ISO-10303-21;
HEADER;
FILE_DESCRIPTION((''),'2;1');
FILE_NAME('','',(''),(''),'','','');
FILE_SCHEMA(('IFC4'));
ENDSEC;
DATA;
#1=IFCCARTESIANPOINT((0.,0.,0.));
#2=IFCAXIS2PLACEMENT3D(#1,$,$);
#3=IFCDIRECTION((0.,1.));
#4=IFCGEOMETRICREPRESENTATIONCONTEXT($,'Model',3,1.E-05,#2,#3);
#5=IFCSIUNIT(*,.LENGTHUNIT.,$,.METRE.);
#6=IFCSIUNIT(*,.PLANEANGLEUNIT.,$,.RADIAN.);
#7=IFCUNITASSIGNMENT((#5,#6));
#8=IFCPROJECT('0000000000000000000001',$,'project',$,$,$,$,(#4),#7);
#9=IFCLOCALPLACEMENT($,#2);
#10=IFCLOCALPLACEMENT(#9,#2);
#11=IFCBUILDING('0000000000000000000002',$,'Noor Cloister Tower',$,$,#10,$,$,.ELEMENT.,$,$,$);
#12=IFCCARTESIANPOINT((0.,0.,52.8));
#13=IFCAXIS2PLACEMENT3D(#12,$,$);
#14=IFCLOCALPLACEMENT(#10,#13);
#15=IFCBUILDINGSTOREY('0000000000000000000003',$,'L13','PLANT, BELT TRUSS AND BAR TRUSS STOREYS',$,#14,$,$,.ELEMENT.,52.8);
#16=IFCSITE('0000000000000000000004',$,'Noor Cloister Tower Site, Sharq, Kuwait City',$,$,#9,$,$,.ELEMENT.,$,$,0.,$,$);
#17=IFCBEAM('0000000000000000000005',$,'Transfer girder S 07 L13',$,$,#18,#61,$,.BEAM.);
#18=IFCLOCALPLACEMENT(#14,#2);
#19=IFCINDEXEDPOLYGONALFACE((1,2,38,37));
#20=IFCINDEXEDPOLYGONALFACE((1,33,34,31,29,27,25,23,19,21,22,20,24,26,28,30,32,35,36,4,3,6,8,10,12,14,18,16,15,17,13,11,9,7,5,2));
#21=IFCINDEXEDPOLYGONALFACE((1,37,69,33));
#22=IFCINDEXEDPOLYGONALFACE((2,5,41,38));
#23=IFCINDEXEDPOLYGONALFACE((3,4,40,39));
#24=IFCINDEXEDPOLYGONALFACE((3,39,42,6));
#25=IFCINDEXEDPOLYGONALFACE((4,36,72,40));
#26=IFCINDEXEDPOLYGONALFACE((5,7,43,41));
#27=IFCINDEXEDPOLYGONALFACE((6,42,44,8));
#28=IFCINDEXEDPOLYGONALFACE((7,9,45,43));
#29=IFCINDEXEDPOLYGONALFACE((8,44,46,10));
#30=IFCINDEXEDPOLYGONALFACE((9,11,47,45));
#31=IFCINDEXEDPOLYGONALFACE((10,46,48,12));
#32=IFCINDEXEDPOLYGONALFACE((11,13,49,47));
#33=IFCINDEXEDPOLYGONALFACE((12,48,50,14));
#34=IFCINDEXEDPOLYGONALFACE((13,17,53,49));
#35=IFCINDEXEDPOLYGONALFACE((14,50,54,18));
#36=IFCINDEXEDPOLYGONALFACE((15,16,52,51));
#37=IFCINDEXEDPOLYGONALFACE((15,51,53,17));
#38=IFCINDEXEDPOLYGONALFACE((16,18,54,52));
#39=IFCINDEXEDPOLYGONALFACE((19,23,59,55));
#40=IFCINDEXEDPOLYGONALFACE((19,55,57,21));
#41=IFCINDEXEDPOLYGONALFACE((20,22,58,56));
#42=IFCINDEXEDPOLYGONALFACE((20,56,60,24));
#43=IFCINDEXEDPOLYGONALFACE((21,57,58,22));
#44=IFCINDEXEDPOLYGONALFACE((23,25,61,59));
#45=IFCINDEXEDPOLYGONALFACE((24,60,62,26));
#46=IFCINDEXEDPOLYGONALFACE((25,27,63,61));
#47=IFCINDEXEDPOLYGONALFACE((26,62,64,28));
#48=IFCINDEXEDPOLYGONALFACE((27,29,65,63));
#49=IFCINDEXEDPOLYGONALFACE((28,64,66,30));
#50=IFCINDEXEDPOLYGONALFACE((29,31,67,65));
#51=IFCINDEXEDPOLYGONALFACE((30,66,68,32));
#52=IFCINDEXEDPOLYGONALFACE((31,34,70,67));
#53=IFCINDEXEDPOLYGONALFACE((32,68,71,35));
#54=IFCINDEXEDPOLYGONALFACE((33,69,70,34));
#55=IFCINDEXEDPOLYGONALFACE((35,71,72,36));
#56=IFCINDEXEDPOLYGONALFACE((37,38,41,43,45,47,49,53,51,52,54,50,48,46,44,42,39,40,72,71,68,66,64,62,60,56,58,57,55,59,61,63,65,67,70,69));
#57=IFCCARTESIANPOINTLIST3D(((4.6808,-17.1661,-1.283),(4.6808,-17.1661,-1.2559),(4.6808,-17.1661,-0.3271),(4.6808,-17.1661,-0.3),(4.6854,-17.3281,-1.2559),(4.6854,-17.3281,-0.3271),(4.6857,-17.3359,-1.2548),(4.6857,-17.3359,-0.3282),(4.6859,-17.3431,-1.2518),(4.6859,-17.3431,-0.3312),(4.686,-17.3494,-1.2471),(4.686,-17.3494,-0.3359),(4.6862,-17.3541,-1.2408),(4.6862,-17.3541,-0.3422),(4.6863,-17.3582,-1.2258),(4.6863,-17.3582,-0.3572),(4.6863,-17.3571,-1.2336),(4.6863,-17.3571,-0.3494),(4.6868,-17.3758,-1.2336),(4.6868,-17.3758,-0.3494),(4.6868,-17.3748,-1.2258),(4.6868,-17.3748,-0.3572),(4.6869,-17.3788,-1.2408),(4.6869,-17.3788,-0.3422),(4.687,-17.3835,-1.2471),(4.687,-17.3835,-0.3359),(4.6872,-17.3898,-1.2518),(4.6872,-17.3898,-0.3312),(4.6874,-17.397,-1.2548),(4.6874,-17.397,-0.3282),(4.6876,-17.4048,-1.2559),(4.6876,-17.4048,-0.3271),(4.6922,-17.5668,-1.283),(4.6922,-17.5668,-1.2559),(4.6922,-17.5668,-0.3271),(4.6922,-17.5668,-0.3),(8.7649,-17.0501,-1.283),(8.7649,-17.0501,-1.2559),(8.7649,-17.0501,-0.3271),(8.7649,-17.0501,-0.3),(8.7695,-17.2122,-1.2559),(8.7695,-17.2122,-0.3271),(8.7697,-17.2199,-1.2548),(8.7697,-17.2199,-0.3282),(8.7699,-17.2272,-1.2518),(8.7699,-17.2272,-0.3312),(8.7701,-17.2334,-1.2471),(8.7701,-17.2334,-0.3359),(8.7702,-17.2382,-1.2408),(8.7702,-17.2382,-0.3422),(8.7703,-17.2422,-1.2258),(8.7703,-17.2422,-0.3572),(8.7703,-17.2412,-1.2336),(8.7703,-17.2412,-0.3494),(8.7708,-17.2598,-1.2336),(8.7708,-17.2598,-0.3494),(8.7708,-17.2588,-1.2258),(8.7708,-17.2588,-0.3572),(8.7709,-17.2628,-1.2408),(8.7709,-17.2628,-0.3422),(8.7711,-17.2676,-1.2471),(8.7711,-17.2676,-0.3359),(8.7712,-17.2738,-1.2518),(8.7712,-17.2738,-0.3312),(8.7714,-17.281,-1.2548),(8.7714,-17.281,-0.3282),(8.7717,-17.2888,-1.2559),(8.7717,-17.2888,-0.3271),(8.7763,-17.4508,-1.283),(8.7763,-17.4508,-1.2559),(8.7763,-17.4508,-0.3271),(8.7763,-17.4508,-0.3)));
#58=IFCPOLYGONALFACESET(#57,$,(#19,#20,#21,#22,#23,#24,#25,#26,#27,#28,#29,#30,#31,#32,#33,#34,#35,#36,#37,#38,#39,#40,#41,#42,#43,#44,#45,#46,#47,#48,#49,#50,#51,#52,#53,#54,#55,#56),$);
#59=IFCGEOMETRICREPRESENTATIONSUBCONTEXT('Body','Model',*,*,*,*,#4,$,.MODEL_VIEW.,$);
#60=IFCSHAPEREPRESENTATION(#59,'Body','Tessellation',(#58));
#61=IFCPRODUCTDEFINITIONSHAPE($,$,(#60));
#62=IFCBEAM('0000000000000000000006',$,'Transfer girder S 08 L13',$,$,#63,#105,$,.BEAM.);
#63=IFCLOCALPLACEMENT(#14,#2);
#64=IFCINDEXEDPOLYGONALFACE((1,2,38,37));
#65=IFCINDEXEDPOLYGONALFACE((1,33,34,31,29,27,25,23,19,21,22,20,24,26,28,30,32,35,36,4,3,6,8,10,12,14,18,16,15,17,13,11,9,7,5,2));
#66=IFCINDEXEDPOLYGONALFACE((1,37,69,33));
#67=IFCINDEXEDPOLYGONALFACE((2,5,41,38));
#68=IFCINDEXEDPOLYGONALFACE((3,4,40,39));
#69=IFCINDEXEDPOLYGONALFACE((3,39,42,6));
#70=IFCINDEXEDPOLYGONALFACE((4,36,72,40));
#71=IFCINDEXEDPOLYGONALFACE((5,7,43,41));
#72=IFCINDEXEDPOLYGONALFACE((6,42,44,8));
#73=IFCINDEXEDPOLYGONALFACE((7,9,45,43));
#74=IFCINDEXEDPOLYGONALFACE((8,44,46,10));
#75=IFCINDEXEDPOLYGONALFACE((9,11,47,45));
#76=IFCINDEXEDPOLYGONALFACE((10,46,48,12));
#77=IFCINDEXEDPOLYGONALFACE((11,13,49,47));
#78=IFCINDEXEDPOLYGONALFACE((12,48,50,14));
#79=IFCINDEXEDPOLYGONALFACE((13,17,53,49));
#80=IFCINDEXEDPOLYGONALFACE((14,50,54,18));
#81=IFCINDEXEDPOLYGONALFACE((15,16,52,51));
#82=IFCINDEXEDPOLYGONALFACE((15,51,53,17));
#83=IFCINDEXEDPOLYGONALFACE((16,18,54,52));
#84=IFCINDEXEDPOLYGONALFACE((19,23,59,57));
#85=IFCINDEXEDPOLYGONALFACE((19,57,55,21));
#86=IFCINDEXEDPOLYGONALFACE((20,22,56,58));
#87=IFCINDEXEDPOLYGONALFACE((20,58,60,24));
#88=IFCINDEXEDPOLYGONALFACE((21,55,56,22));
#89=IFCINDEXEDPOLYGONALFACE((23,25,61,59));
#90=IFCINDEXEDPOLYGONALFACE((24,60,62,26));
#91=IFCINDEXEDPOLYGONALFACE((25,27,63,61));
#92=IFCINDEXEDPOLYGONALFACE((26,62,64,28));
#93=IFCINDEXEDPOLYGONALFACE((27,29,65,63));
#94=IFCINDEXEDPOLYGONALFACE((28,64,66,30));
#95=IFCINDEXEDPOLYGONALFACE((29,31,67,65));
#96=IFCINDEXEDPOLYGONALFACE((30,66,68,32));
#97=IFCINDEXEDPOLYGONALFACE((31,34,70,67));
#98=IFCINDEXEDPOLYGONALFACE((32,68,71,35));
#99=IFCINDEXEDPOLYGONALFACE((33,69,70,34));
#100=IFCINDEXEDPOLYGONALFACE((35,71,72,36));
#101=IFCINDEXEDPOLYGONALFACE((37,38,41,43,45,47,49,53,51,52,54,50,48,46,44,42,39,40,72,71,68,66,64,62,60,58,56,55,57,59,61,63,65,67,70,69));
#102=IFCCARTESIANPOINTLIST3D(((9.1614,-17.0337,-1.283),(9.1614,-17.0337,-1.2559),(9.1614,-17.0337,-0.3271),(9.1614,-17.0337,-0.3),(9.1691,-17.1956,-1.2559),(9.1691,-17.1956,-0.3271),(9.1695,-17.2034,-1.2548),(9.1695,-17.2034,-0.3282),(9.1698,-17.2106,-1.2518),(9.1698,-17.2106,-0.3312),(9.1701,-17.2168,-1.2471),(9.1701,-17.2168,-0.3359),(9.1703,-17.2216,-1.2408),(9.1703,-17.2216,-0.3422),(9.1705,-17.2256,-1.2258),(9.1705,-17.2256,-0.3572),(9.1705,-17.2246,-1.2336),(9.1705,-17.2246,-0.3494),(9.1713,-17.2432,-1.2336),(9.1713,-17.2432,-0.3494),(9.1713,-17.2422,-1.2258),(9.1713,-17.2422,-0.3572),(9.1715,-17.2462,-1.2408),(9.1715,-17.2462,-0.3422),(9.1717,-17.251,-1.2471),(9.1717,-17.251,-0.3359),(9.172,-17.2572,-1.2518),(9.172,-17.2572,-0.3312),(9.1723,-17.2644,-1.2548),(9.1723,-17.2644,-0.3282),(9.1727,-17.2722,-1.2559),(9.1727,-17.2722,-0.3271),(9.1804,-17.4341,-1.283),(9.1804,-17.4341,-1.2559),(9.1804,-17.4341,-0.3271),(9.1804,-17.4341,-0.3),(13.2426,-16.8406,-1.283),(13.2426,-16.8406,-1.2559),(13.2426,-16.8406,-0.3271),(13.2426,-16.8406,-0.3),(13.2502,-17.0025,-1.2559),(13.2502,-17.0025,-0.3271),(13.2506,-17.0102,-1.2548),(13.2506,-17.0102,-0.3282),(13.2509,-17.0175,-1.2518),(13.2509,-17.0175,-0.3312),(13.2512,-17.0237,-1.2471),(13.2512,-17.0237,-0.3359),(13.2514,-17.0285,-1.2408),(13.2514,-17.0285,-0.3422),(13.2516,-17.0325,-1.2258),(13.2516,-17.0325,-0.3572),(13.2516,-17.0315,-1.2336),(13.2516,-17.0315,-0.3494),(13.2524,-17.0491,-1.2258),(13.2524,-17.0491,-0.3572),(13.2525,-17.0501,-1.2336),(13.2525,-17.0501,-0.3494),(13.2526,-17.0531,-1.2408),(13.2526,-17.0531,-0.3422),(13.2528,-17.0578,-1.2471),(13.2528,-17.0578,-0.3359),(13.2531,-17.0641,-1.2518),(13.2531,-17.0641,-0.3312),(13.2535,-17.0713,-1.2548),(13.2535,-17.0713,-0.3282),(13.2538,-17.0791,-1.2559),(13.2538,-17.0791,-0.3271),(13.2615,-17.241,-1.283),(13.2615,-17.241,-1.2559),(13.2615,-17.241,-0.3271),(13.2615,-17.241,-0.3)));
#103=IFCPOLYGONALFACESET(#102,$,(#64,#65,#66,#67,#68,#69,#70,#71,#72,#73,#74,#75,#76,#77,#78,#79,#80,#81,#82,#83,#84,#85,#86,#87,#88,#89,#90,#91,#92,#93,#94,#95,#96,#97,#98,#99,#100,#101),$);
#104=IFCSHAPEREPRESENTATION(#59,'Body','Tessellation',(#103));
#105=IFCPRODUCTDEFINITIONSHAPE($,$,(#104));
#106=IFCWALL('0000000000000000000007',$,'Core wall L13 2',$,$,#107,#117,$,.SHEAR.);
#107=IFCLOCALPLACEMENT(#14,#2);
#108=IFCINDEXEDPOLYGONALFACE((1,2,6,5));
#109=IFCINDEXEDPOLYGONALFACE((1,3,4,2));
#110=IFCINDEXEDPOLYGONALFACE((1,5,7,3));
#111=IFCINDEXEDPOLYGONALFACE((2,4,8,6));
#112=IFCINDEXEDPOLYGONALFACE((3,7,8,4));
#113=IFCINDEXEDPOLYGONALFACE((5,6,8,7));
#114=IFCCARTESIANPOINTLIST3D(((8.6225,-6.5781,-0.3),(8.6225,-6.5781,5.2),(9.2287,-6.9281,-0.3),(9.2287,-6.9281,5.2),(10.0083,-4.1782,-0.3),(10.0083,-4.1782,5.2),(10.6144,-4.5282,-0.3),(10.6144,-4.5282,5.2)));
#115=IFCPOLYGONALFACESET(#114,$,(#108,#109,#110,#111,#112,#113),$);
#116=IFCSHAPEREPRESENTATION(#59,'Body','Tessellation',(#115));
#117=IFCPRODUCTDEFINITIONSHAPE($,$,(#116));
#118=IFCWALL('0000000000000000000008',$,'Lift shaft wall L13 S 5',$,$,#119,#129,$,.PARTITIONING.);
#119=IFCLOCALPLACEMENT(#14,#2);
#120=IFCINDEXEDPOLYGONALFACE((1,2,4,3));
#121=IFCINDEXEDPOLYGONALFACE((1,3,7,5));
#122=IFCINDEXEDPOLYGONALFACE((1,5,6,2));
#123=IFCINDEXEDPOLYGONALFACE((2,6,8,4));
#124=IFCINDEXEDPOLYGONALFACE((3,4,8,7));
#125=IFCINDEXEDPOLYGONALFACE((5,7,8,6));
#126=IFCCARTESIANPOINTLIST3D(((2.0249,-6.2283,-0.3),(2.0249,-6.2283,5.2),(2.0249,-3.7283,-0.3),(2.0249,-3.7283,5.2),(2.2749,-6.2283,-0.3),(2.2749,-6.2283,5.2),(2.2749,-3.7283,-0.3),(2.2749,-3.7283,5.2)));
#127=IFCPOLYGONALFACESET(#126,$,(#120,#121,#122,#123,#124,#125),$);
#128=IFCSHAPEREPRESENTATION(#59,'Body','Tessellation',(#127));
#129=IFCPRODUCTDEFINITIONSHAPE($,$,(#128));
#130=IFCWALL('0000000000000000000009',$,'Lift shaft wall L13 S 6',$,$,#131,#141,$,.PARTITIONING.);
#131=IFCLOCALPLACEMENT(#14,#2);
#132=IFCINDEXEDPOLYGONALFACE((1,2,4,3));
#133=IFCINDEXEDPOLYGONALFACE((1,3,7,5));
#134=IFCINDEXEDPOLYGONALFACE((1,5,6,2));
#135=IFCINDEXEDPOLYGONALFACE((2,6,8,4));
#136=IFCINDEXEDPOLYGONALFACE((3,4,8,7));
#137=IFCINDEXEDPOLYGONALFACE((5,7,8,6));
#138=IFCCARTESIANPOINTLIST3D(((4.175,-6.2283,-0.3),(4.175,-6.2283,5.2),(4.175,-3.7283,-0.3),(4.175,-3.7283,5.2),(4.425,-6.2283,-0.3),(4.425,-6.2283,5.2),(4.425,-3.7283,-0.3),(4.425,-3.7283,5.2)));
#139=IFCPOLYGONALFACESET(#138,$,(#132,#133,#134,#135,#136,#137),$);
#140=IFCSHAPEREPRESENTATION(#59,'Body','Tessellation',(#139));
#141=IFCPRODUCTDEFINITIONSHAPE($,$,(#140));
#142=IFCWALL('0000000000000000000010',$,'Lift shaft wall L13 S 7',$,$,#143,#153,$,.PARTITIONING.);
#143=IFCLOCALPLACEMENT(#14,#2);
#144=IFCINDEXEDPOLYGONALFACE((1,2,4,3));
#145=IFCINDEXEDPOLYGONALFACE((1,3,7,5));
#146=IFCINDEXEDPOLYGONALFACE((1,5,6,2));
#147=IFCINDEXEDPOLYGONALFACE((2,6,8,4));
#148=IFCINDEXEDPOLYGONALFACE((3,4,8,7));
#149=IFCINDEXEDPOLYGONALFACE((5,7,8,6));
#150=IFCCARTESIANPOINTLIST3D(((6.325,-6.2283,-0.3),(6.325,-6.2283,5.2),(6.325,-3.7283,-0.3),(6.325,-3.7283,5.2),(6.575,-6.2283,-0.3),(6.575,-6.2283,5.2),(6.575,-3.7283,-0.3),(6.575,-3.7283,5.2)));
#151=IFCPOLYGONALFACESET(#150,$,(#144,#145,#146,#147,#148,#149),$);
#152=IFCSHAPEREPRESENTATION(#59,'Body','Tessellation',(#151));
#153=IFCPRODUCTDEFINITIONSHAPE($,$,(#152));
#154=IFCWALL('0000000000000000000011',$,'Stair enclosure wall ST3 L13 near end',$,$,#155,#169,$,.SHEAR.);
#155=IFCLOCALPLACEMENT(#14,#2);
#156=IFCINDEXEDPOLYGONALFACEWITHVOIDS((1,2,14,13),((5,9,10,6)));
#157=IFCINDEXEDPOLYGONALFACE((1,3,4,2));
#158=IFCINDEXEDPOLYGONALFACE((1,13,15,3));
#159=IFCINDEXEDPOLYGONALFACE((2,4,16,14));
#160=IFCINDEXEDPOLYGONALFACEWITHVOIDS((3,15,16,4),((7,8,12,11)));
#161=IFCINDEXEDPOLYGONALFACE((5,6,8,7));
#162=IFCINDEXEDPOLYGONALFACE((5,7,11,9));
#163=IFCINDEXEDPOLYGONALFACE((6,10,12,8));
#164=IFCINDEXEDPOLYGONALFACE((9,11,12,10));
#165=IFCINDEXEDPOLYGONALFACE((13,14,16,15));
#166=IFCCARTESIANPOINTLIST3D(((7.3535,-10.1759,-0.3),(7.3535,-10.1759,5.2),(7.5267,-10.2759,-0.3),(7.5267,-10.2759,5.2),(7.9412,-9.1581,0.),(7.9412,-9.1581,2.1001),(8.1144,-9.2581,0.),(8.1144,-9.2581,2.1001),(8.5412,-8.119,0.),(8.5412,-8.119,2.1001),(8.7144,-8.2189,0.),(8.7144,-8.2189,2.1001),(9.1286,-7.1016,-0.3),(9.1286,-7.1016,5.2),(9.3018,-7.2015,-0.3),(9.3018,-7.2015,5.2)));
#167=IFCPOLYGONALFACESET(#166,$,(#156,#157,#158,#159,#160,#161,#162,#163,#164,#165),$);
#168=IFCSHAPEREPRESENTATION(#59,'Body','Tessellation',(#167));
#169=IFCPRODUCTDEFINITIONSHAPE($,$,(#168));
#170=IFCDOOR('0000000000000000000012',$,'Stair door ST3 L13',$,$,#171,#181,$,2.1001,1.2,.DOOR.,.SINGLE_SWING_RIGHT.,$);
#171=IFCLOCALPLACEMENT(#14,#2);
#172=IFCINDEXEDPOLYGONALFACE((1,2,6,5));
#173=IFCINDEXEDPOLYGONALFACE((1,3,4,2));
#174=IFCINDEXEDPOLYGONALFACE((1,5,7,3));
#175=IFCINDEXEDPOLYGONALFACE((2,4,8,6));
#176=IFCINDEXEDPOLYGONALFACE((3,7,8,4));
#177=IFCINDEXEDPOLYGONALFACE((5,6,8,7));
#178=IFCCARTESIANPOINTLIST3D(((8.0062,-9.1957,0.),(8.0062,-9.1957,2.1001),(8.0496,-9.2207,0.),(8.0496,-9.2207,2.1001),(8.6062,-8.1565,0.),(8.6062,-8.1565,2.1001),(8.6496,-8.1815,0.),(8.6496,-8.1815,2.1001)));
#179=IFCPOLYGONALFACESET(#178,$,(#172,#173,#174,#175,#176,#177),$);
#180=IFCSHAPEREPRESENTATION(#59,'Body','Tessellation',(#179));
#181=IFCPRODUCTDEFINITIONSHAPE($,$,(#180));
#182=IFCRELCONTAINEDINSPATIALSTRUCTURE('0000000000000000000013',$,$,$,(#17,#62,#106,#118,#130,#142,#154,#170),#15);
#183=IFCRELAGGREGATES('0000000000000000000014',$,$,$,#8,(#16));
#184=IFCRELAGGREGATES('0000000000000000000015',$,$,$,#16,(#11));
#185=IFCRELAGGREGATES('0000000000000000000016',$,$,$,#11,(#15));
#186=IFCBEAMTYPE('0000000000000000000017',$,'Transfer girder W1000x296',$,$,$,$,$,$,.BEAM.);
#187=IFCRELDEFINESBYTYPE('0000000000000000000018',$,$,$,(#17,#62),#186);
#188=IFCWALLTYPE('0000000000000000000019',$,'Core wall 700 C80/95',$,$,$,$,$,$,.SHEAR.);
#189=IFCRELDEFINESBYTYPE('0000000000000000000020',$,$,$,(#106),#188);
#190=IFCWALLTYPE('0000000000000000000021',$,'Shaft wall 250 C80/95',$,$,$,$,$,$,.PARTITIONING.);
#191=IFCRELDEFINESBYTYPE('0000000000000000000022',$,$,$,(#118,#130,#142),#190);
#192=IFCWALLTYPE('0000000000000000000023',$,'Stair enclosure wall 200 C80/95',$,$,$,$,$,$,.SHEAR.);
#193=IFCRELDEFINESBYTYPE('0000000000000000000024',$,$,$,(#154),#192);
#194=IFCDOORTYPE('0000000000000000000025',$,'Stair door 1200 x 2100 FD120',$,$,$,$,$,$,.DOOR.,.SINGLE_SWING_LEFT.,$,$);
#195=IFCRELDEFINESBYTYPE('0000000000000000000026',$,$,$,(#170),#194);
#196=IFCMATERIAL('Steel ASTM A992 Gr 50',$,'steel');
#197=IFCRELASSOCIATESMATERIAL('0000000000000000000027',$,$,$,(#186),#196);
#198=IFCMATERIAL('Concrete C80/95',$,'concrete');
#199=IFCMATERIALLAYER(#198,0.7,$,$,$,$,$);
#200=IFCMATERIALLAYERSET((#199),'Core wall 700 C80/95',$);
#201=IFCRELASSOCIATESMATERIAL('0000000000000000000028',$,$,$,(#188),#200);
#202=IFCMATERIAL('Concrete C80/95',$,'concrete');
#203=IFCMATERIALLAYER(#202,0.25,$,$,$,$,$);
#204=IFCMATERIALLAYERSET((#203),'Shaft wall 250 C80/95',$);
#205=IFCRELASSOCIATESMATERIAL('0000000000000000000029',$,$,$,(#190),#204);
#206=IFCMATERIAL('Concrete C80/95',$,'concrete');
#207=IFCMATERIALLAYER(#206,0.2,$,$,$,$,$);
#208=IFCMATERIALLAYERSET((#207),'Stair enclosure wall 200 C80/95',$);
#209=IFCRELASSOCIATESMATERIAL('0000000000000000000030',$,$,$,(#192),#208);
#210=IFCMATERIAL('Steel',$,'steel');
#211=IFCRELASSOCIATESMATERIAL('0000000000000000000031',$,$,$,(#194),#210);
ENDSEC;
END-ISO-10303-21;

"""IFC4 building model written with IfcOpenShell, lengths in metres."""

from ifc_helpers import new_model, si_unit, direction, frame, frame_2d, origin, origin_2d, place, context, subcontext, project, spatial, rectangle, i_section, extrude, material, layer, layer_set, material_profile, profile_set, type_object, element, fill, save


model = new_model("IFC4")

# Units and contexts
model_context = context("Model", 3, precision=1e-05, world=origin(), true_north=direction((0.0, 1.0)))
body_context = subcontext(model_context, "Body", "Model", "MODEL_VIEW")
ifc_project = project(units=[si_unit("LENGTHUNIT", "METRE"), si_unit("PLANEANGLEUNIT", "RADIAN")], contexts=[model_context])

# Site, building, storey
site_placement = place(None, origin())
site = spatial("IfcSite", under=ifc_project, at=site_placement, Name="Noor Cloister Tower Site, Sharq, Kuwait City", CompositionType="ELEMENT", RefElevation=0.0)
building_placement = place(site_placement, origin())
building = spatial("IfcBuilding", under=site, at=building_placement, Name="Noor Cloister Tower", CompositionType="ELEMENT")
storey_placement = place(building_placement, frame((0.0, 0.0, 52.8)))
storey = spatial("IfcBuildingStorey", under=building, at=storey_placement, Name="L13", Description="PLANT, BELT TRUSS AND BAR TRUSS STOREYS", CompositionType="ELEMENT", Elevation=52.8)

# Beams
ifc_material_1 = material(Name="Steel ASTM A992 Gr 50", Category="steel")
ifc_material_profile_1 = material_profile(ifc_material_1, i_section(OverallWidth=0.4009, OverallDepth=0.9829, WebThickness=0.0166, FlangeThickness=0.0271, FilletRadius=0.03, at=origin_2d()), Name="W1000x296")
ifc_profile_set_1 = profile_set([ifc_material_profile_1], Name="Steel ASTM A992 Gr 50")
beam_type_1 = type_object("IfcBeamType", Name="Transfer girder W1000x296", PredefinedType="BEAM", material=ifc_profile_set_1)
for number, where, z_axis, x_axis, name in (
    (1, (4.6865, -17.3665, -0.7915), (0.999597, 0.028384, 0.0), (-0.028384, 0.999597, 0.0), "Transfer girder S 07 L13"),
    (2, (9.1709, -17.2339, -0.7915), (0.998882, 0.047267, 0.0), (-0.047267, 0.998882, 0.0), "Transfer girder S 08 L13"),
):
    element("IfcBeam", number, at=place(storey_placement, frame(where, z_axis=z_axis, x_axis=x_axis)), inside=storey, type_object=beam_type_1, Name=name, PredefinedType="BEAM", context=body_context, shape_type="SweptSolid", body=[
        extrude(i_section(OverallWidth=0.4009, OverallDepth=0.9829, WebThickness=0.0166, FlangeThickness=0.0271, FilletRadius=0.03, at=origin_2d()), origin(), (0.0, 0.0, 1.0), 4.0857),
    ])

# Walls
ifc_material_2 = material(Name="Concrete C80/95", Category="concrete")
ifc_layer_1 = layer(ifc_material_2, 0.7)
ifc_layer_set_1 = layer_set([ifc_layer_1], Name="Core wall 700 C80/95")
wall_type_1 = type_object("IfcWallType", Name="Core wall 700 C80/95", PredefinedType="SHEAR", material=ifc_layer_set_1)
wall_1_placement = place(storey_placement, frame((8.9255, -6.7532, -0.3), z_axis=(0.0, 0.0, 1.0), x_axis=(0.500043, 0.866001, 0.0)))
element("IfcWall", 3, at=wall_1_placement, inside=storey, type_object=wall_type_1, Name="Core wall L13 2", PredefinedType="SHEAR", context=body_context, shape_type="SweptSolid", body=[
    extrude(rectangle(XDim=2.7712, YDim=0.7, at=frame_2d((1.3857, 0.0))), origin(), (0.0, 0.0, 1.0), 5.5),
])
ifc_material_3 = material(Name="Concrete C80/95", Category="concrete")
ifc_layer_2 = layer(ifc_material_3, 0.25)
ifc_layer_set_2 = layer_set([ifc_layer_2], Name="Shaft wall 250 C80/95")
wall_type_2 = type_object("IfcWallType", Name="Shaft wall 250 C80/95", PredefinedType="PARTITIONING", material=ifc_layer_set_2)
for number, where, z_axis, x_axis, name in (
    (4, (2.1499, -6.2283, -0.3), (0.0, 0.0, 1.0), (0.0, 1.0, 0.0), "Lift shaft wall L13 S 5"),
    (5, (4.3, -6.2283, -0.3), (0.0, 0.0, 1.0), (0.0, 1.0, 0.0), "Lift shaft wall L13 S 6"),
    (6, (6.45, -6.2283, -0.3), (0.0, 0.0, 1.0), (0.0, 1.0, 0.0), "Lift shaft wall L13 S 7"),
):
    element("IfcWall", number, at=place(storey_placement, frame(where, z_axis=z_axis, x_axis=x_axis)), inside=storey, type_object=wall_type_2, Name=name, PredefinedType="PARTITIONING", context=body_context, shape_type="SweptSolid", body=[
        extrude(rectangle(XDim=2.5, YDim=0.25, at=frame_2d((1.25, 0.0))), origin(), (0.0, 0.0, 1.0), 5.5),
    ])

# Wall, opening, door
ifc_material_4 = material(Name="Concrete C80/95", Category="concrete")
ifc_layer_3 = layer(ifc_material_4, 0.2)
ifc_layer_set_3 = layer_set([ifc_layer_3], Name="Stair enclosure wall 200 C80/95")
wall_type_3 = type_object("IfcWallType", Name="Stair enclosure wall 200 C80/95", PredefinedType="SHEAR", material=ifc_layer_set_3)
wall_2_placement = place(storey_placement, frame((7.4402, -10.2258, -0.3), z_axis=(0.0, 0.0, 1.0), x_axis=(0.500022, 0.866013, 0.0)))
wall_2 = element("IfcWall", 7, at=wall_2_placement, inside=storey, type_object=wall_type_3, Name="Stair enclosure wall ST3 L13 near end", PredefinedType="SHEAR", context=body_context, shape_type="SweptSolid", body=[
    extrude(rectangle(XDim=3.55, YDim=0.2, at=frame_2d((1.7749, 0.0))), origin(), (0.0, 0.0, 1.0), 5.5),
])
opening_1_placement = place(wall_2_placement, frame((1.175, 0.0, 0.3)))
opening_1 = element("IfcOpeningElement", 8, at=opening_1_placement, cuts=wall_2, PredefinedType="OPENING", context=body_context, shape_type="SweptSolid", body=[
    extrude(rectangle(XDim=1.2, YDim=2.1001, at=frame_2d((0.6001, 1.05))), frame((0.0, 0.1099, 0.0), z_axis=(0.0, -1.0, 0.0), x_axis=(1.0, 0.0, 0.0)), (0.0, 0.0, 1.0), 0.22),
])
ifc_material_5 = material(Name="Steel", Category="steel")
door_type_1 = type_object("IfcDoorType", Name="Stair door 1200 x 2100 FD120", OperationType="SINGLE_SWING_LEFT", PredefinedType="DOOR", material=ifc_material_5)
door_1_placement = place(opening_1_placement, origin())
door_1 = element("IfcDoor", 9, at=door_1_placement, inside=storey, type_object=door_type_1, Name="Stair door ST3 L13", OperationType="SINGLE_SWING_RIGHT", OverallHeight=2.1001, OverallWidth=1.2, PredefinedType="DOOR", context=body_context, shape_type="SweptSolid", body=[
    extrude(rectangle(XDim=1.2, YDim=2.1001, at=frame_2d((0.6001, 1.05))), frame((0.0, 0.0249, 0.0), z_axis=(0.0, -1.0, 0.0), x_axis=(1.0, 0.0, 0.0)), (0.0, 0.0, 1.0), 0.05),
])
fill(opening_1, door_1)

save(model, "model.ifc")
